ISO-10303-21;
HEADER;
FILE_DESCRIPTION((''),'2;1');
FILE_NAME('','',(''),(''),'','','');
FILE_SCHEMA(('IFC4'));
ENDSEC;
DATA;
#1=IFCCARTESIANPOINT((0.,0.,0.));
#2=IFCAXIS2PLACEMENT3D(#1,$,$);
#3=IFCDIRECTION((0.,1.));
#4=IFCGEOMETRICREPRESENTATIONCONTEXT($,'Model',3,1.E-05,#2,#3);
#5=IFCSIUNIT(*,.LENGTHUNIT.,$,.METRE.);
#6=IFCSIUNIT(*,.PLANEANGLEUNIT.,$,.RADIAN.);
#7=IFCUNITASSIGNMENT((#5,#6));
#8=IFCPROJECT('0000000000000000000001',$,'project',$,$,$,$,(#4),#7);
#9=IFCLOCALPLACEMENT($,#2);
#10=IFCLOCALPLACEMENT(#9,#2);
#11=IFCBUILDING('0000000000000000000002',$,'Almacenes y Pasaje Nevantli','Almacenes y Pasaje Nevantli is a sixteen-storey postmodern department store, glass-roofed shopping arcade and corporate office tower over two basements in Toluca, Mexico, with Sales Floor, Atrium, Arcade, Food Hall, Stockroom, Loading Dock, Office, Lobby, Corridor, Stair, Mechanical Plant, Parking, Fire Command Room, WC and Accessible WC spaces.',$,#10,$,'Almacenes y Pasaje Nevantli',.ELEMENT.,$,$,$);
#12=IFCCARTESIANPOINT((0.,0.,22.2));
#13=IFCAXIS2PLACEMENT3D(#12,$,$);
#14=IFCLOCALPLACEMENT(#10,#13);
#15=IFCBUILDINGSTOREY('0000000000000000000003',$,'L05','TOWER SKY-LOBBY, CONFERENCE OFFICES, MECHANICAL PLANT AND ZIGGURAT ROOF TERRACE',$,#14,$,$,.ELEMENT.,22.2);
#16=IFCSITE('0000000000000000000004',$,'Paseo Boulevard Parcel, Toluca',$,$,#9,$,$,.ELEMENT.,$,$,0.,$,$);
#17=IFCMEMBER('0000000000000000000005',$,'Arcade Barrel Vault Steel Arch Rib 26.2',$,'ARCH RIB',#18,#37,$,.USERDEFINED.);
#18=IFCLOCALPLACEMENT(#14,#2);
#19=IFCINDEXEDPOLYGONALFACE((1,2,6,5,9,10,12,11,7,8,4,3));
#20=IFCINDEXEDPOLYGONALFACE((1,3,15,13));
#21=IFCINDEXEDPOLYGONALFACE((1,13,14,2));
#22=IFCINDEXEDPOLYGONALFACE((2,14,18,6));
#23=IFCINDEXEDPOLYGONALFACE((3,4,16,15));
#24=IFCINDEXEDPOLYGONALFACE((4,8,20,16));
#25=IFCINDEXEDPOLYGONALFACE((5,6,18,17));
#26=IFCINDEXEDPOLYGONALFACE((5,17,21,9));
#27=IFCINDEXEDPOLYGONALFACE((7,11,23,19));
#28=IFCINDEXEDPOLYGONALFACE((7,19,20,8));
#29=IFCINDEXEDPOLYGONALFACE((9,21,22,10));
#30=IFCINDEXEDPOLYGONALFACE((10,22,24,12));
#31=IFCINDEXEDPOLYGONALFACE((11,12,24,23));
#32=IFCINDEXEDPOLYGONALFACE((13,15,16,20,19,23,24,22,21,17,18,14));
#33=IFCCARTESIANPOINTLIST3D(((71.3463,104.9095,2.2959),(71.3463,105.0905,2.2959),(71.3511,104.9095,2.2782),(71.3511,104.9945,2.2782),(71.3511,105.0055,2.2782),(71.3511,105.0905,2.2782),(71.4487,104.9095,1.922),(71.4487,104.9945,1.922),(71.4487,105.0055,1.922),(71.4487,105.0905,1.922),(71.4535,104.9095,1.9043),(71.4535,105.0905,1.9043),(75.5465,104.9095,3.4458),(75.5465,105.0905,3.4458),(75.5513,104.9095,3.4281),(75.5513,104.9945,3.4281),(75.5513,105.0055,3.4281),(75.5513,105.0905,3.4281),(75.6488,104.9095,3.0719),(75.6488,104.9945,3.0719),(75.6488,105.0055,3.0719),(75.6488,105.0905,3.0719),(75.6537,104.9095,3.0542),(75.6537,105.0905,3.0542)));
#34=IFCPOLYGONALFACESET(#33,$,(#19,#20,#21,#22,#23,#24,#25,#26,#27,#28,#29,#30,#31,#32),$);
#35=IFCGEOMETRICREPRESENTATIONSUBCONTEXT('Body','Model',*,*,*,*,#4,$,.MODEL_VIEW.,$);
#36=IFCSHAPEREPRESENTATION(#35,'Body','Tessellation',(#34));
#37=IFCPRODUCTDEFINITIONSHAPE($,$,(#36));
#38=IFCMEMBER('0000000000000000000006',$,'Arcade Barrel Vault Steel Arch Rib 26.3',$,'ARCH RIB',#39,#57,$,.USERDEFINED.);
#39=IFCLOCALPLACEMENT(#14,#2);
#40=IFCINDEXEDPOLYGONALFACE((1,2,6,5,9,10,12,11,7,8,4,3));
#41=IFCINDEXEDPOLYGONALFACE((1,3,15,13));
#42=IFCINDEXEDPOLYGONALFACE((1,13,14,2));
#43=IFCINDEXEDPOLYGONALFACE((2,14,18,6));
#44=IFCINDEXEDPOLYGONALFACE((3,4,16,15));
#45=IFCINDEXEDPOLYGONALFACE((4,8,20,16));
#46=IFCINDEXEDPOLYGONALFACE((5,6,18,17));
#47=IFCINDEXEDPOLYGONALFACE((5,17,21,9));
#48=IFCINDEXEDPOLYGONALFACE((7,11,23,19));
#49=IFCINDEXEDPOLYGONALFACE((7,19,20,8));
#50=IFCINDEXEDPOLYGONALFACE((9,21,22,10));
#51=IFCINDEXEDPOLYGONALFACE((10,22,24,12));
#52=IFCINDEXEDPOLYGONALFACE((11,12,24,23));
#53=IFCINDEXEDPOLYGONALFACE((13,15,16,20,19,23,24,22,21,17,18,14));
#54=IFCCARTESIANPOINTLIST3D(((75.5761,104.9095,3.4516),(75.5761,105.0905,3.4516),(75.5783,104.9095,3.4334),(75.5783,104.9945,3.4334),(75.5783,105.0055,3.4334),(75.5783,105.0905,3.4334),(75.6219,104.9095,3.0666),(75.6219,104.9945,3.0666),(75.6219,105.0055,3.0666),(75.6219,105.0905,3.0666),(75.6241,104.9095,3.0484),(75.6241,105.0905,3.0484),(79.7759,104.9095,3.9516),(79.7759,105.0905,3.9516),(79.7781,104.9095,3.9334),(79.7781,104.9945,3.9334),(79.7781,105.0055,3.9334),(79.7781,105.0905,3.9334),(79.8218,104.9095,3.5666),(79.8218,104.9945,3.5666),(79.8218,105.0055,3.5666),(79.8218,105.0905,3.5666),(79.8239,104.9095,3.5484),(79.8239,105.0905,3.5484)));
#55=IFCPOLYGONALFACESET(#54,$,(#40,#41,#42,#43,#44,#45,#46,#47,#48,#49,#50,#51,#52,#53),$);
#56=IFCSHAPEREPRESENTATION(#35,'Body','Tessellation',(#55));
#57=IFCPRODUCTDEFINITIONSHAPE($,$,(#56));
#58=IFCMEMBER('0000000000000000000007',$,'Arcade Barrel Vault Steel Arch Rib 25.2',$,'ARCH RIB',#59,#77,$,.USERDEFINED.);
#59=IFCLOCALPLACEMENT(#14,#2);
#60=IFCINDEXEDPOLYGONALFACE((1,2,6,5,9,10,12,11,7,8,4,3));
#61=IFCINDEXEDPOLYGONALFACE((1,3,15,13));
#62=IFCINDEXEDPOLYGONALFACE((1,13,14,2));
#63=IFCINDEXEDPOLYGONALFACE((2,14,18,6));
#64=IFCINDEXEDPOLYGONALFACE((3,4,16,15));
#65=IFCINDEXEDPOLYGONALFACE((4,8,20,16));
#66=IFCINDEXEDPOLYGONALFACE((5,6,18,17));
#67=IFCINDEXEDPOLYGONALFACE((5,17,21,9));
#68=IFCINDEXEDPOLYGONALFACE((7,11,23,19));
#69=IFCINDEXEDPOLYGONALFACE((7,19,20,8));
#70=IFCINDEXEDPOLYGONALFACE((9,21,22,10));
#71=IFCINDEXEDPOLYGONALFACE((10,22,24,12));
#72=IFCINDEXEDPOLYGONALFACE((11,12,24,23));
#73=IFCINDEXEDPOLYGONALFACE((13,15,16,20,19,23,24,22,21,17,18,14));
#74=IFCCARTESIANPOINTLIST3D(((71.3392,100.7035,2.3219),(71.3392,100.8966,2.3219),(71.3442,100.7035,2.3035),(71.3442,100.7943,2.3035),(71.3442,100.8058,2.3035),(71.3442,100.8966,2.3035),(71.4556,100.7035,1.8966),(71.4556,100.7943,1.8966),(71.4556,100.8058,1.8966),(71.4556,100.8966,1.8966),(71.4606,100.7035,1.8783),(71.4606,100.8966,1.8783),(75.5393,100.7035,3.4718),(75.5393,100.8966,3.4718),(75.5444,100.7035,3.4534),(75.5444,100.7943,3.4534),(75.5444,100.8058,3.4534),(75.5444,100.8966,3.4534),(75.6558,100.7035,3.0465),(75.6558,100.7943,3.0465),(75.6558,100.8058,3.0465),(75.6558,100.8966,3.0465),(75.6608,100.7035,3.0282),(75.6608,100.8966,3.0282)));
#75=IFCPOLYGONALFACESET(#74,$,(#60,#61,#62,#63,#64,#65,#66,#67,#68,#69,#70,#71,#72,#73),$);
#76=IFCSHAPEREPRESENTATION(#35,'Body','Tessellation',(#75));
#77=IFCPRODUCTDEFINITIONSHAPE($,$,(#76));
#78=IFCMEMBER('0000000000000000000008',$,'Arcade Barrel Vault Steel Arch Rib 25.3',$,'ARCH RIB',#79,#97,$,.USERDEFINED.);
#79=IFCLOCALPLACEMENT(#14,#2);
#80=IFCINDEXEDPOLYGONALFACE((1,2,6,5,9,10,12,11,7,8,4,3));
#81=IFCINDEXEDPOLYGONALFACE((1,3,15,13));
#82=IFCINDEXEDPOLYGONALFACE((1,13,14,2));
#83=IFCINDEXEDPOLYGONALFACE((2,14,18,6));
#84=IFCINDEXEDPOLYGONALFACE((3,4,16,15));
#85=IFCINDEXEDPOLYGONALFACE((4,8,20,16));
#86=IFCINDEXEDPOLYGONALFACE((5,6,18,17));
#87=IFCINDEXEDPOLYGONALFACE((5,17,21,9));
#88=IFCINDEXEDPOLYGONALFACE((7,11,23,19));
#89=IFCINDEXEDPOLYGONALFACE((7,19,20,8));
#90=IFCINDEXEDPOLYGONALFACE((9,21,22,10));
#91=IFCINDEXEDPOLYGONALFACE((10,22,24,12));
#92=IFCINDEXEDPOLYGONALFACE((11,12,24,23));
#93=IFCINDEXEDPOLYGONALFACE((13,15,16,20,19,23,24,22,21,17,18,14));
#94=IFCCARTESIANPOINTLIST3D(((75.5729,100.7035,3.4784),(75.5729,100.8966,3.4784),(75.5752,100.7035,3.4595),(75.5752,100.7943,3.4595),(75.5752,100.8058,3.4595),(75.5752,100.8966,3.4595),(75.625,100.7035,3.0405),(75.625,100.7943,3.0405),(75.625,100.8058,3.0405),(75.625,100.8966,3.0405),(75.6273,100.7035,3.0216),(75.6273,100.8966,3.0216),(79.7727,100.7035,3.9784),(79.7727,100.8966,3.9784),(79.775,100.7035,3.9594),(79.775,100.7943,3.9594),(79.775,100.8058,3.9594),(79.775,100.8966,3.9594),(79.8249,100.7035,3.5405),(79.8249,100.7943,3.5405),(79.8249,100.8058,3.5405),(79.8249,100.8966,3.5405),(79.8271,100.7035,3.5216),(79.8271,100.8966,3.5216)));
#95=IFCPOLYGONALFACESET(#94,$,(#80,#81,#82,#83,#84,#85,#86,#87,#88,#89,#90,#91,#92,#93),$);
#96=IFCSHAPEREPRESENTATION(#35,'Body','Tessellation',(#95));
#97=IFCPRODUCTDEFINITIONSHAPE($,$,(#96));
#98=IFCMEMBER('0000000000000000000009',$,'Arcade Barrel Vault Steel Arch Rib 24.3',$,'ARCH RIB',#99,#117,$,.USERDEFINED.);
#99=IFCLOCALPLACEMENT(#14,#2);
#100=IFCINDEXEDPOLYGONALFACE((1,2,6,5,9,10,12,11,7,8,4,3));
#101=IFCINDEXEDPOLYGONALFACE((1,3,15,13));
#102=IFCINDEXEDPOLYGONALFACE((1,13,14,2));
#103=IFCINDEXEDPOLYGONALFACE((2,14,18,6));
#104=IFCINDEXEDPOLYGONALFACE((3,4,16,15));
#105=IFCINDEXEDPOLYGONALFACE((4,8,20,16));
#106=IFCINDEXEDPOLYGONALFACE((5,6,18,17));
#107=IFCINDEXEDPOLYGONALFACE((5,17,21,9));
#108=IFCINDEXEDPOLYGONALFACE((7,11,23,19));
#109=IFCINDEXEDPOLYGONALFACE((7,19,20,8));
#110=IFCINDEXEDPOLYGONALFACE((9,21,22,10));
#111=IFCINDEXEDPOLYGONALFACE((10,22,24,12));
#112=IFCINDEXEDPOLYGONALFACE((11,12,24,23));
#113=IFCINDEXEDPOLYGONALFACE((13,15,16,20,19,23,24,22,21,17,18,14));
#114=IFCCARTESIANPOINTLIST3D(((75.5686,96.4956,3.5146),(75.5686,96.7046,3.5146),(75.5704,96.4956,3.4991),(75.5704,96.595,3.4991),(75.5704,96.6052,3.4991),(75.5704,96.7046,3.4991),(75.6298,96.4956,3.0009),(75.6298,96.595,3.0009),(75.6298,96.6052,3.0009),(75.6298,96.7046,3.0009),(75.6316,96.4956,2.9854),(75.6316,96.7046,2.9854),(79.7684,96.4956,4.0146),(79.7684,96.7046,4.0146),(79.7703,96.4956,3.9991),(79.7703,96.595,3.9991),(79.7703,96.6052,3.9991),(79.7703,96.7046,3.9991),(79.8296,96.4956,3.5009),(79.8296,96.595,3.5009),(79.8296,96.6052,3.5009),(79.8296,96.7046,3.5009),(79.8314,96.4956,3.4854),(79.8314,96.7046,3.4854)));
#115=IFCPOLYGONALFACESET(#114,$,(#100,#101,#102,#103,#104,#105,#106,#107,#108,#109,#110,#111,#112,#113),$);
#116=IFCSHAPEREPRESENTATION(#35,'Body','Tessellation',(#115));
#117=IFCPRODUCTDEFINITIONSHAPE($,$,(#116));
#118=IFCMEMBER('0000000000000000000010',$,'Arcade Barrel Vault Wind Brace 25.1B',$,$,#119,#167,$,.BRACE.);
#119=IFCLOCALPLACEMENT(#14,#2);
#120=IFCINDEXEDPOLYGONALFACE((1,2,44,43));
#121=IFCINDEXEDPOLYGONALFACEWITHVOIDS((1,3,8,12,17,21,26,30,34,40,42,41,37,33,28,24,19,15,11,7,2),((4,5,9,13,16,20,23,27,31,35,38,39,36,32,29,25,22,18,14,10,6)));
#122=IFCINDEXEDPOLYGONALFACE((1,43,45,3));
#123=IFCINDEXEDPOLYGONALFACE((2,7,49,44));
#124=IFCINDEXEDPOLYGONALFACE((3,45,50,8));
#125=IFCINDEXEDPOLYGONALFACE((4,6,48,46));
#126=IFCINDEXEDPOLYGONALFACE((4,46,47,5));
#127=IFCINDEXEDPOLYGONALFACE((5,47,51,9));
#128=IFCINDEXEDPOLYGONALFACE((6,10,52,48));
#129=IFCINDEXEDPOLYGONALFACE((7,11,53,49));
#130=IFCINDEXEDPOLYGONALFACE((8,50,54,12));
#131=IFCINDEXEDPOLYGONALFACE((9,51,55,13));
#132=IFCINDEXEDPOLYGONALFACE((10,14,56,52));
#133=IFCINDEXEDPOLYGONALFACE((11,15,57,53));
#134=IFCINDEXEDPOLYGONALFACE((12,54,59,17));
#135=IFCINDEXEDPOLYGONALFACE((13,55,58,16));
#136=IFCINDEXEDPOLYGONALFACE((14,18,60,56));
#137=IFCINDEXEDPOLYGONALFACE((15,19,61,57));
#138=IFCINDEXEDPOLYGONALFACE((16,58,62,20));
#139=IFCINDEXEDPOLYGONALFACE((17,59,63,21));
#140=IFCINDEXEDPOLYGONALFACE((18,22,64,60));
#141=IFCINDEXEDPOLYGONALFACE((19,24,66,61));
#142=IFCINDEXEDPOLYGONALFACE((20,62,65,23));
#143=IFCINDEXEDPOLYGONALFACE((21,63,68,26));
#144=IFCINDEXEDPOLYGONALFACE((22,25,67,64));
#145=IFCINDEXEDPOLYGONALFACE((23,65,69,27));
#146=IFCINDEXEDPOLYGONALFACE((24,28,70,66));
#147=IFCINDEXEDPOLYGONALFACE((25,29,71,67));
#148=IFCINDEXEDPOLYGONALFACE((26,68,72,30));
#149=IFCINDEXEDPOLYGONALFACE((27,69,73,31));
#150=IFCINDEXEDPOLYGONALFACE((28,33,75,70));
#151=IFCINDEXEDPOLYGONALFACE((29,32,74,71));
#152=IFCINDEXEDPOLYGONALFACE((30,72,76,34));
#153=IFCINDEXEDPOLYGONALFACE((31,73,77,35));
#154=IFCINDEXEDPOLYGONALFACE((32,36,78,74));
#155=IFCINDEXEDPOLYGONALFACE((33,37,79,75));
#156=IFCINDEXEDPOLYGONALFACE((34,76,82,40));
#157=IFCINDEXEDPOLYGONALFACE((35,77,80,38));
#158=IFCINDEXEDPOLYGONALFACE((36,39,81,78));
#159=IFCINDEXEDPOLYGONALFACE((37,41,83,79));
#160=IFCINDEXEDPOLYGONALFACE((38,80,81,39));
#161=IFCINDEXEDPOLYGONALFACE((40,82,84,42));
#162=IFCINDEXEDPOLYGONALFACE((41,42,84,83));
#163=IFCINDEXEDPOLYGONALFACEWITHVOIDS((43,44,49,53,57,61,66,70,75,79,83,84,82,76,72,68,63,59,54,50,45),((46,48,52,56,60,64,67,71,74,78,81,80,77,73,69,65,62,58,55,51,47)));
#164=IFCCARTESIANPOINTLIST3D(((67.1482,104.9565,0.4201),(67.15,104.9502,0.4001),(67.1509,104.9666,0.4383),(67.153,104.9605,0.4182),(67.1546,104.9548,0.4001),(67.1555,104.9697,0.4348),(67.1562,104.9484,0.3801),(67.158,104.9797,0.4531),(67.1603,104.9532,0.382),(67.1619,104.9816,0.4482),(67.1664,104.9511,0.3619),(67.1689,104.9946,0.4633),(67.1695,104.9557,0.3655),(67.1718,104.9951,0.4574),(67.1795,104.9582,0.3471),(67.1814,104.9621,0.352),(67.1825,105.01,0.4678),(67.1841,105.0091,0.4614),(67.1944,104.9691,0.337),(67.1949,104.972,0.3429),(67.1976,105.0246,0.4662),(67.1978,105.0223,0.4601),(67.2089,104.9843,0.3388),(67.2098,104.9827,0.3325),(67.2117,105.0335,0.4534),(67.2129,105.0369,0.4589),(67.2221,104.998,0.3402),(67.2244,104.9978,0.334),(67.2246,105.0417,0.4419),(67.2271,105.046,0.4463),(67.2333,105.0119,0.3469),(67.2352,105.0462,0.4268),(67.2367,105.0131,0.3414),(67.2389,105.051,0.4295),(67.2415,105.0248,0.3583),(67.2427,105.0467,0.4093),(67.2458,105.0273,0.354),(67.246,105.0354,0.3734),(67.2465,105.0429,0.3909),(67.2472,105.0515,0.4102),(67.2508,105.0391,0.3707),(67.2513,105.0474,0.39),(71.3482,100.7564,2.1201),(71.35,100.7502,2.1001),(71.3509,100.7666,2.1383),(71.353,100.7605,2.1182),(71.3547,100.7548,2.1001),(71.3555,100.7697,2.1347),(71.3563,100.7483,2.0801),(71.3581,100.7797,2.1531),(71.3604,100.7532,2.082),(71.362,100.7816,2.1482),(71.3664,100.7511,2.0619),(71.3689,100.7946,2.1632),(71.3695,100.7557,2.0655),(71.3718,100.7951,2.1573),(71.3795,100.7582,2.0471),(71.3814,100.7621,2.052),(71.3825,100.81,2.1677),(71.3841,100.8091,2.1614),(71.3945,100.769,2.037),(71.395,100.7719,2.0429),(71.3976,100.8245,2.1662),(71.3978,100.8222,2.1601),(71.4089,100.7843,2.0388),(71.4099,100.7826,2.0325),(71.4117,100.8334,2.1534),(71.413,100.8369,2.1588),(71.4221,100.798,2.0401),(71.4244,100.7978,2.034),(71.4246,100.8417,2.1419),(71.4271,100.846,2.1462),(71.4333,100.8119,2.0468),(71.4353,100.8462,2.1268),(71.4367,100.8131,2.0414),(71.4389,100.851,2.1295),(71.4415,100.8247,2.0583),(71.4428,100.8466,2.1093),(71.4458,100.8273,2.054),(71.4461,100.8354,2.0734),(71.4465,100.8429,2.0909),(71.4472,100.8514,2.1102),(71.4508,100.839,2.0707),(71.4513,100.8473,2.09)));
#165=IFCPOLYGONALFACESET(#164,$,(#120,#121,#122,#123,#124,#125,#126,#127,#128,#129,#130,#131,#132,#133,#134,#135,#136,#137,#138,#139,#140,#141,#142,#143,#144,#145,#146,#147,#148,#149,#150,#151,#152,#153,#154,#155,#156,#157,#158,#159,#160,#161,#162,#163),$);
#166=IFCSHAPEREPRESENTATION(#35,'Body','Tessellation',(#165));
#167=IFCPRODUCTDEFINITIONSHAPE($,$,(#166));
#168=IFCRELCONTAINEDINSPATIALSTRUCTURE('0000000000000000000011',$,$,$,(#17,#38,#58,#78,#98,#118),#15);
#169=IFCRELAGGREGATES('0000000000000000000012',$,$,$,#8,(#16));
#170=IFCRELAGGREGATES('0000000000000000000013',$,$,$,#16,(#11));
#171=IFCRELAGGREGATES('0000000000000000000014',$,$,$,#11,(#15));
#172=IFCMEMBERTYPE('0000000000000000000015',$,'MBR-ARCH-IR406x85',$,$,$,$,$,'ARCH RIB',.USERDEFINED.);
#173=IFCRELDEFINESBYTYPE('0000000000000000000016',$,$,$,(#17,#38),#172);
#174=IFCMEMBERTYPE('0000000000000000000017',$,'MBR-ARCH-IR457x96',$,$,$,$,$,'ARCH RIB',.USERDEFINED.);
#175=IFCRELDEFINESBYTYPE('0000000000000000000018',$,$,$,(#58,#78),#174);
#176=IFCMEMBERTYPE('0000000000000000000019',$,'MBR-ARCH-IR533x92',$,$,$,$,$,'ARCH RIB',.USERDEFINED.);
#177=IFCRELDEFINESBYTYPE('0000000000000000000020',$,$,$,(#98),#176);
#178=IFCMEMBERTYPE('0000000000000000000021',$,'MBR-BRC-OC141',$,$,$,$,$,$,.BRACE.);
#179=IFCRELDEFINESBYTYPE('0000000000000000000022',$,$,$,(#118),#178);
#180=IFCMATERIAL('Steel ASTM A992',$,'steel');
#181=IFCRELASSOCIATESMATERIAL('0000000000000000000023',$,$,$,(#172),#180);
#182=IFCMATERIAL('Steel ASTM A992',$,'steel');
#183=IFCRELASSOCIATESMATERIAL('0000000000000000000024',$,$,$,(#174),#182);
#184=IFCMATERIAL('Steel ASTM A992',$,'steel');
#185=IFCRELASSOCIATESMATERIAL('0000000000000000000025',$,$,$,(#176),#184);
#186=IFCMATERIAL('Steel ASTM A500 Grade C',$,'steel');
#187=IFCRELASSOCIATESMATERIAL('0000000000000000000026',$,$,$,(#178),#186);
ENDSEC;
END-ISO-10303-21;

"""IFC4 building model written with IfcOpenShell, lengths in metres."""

from ifc_helpers import new_model, si_unit, direction, frame, origin, origin_2d, place, context, subcontext, project, spatial, hollow_circle, i_section, extrude, material, material_profile, profile_set, type_object, element, save


model = new_model("IFC4")

# Units and contexts
model_context = context("Model", 3, precision=1e-05, world=origin(), true_north=direction((0.0, 1.0)))
body_context = subcontext(model_context, "Body", "Model", "MODEL_VIEW")
ifc_project = project(units=[si_unit("LENGTHUNIT", "METRE"), si_unit("PLANEANGLEUNIT", "RADIAN")], contexts=[model_context])

# Site, building, storey
site_placement = place(None, origin())
site = spatial("IfcSite", under=ifc_project, at=site_placement, Name="Paseo Boulevard Parcel, Toluca", CompositionType="ELEMENT", RefElevation=0.0)
building_placement = place(site_placement, origin())
building = spatial("IfcBuilding", under=site, at=building_placement, Name="Almacenes y Pasaje Nevantli", Description="Almacenes y Pasaje Nevantli is a sixteen-storey postmodern department store, glass-roofed shopping arcade and corporate office tower over two basements in Toluca, Mexico, with Sales Floor, Atrium, Arcade, Food Hall, Stockroom, Loading Dock, Office, Lobby, Corridor, Stair, Mechanical Plant, Parking, Fire Command Room, WC and Accessible WC spaces.", LongName="Almacenes y Pasaje Nevantli", CompositionType="ELEMENT")
storey_placement = place(building_placement, frame((0.0, 0.0, 22.2)))
storey = spatial("IfcBuildingStorey", under=building, at=storey_placement, Name="L05", Description="TOWER SKY-LOBBY, CONFERENCE OFFICES, MECHANICAL PLANT AND ZIGGURAT ROOF TERRACE", CompositionType="ELEMENT", Elevation=22.2)

# Members
ifc_material_1 = material(Name="Steel ASTM A992", Category="steel")
ifc_material_profile_1 = material_profile(ifc_material_1, i_section(OverallWidth=0.1809, OverallDepth=0.406, WebThickness=0.011, FlangeThickness=0.0183, at=origin_2d()), Name="IR 406x85.0")
ifc_profile_set_1 = profile_set([ifc_material_profile_1], Name="Steel ASTM A992")
member_type_1 = type_object("IfcMemberType", Name="MBR-ARCH-IR406x85", ElementType="ARCH RIB", PredefinedType="USERDEFINED", material=ifc_profile_set_1)
member_1_placement = place(storey_placement, frame((71.3999, 105.0, 2.1001), z_axis=(0.964507, 0.0, 0.264057), x_axis=(0.0, 1.0, 0.0)))
element("IfcMember", 1, at=member_1_placement, inside=storey, type_object=member_type_1, Name="Arcade Barrel Vault Steel Arch Rib 26.2", ObjectType="ARCH RIB", PredefinedType="USERDEFINED", context=body_context, shape_type="SweptSolid", body=[
    extrude(i_section(OverallWidth=0.1809, OverallDepth=0.406, WebThickness=0.011, FlangeThickness=0.0183, at=origin_2d()), origin(), (0.0, 0.0, 1.0), 4.3547),
])
member_2_placement = place(storey_placement, frame((75.6001, 105.0, 3.25), z_axis=(0.992988, 0.0, 0.118214), x_axis=(0.0, 1.0, 0.0)))
element("IfcMember", 2, at=member_2_placement, inside=storey, type_object=member_type_1, Name="Arcade Barrel Vault Steel Arch Rib 26.3", ObjectType="ARCH RIB", PredefinedType="USERDEFINED", context=body_context, shape_type="SweptSolid", body=[
    extrude(i_section(OverallWidth=0.1809, OverallDepth=0.406, WebThickness=0.011, FlangeThickness=0.0183, at=origin_2d()), origin(), (0.0, 0.0, 1.0), 4.2295),
])
ifc_material_2 = material(Name="Steel ASTM A992", Category="steel")
ifc_material_profile_2 = material_profile(ifc_material_2, i_section(OverallWidth=0.1931, OverallDepth=0.46, WebThickness=0.0115, FlangeThickness=0.019, at=origin_2d()), Name="IR 457x96.7")
ifc_profile_set_2 = profile_set([ifc_material_profile_2], Name="Steel ASTM A992")
member_type_2 = type_object("IfcMemberType", Name="MBR-ARCH-IR457x96", ElementType="ARCH RIB", PredefinedType="USERDEFINED", material=ifc_profile_set_2)
member_3_placement = place(storey_placement, frame((71.3999, 100.8, 2.1001), z_axis=(0.964507, 0.0, 0.264057), x_axis=(0.0, 1.0, 0.0)))
element("IfcMember", 3, at=member_3_placement, inside=storey, type_object=member_type_2, Name="Arcade Barrel Vault Steel Arch Rib 25.2", ObjectType="ARCH RIB", PredefinedType="USERDEFINED", context=body_context, shape_type="SweptSolid", body=[
    extrude(i_section(OverallWidth=0.1931, OverallDepth=0.46, WebThickness=0.0115, FlangeThickness=0.019, at=origin_2d()), origin(), (0.0, 0.0, 1.0), 4.3547),
])
member_4_placement = place(storey_placement, frame((75.6001, 100.8, 3.25), z_axis=(0.992988, 0.0, 0.118214), x_axis=(0.0, 1.0, 0.0)))
element("IfcMember", 4, at=member_4_placement, inside=storey, type_object=member_type_2, Name="Arcade Barrel Vault Steel Arch Rib 25.3", ObjectType="ARCH RIB", PredefinedType="USERDEFINED", context=body_context, shape_type="SweptSolid", body=[
    extrude(i_section(OverallWidth=0.1931, OverallDepth=0.46, WebThickness=0.0115, FlangeThickness=0.019, at=origin_2d()), origin(), (0.0, 0.0, 1.0), 4.2295),
])
ifc_material_3 = material(Name="Steel ASTM A992", Category="steel")
ifc_material_profile_3 = material_profile(ifc_material_3, i_section(OverallWidth=0.209, OverallDepth=0.533, WebThickness=0.0103, FlangeThickness=0.0156, at=origin_2d()), Name="IR 533x92.5")
ifc_profile_set_3 = profile_set([ifc_material_profile_3], Name="Steel ASTM A992")
member_type_3 = type_object("IfcMemberType", Name="MBR-ARCH-IR533x92", ElementType="ARCH RIB", PredefinedType="USERDEFINED", material=ifc_profile_set_3)
member_5_placement = place(storey_placement, frame((75.6001, 96.6001, 3.25), z_axis=(0.992988, 0.0, 0.118214), x_axis=(0.0, 1.0, 0.0)))
element("IfcMember", 5, at=member_5_placement, inside=storey, type_object=member_type_3, Name="Arcade Barrel Vault Steel Arch Rib 24.3", ObjectType="ARCH RIB", PredefinedType="USERDEFINED", context=body_context, shape_type="SweptSolid", body=[
    extrude(i_section(OverallWidth=0.209, OverallDepth=0.533, WebThickness=0.0103, FlangeThickness=0.0156, at=origin_2d()), origin(), (0.0, 0.0, 1.0), 4.2295),
])
ifc_material_4 = material(Name="Steel ASTM A500 Grade C", Category="steel")
ifc_material_profile_4 = material_profile(ifc_material_4, hollow_circle(Radius=0.0706, WallThickness=0.0066, at=origin_2d()), Name="OC 141x6.6")
ifc_profile_set_4 = profile_set([ifc_material_profile_4], Name="Steel ASTM A500 Grade C")
member_type_4 = type_object("IfcMemberType", Name="MBR-BRC-OC141", PredefinedType="BRACE", material=ifc_profile_set_4)
member_6_placement = place(storey_placement, frame((71.3999, 100.8, 2.1001), z_axis=(-0.679812, 0.679812, -0.275157), x_axis=(-0.707107, -0.707107, 0.0)))
element("IfcMember", 6, at=member_6_placement, inside=storey, type_object=member_type_4, Name="Arcade Barrel Vault Wind Brace 25.1B", PredefinedType="BRACE", context=body_context, shape_type="SweptSolid", body=[
    extrude(hollow_circle(Radius=0.0706, WallThickness=0.0066, at=origin_2d()), origin(), (0.0, 0.0, 1.0), 6.1782),
])

save(model, "model.ifc")
